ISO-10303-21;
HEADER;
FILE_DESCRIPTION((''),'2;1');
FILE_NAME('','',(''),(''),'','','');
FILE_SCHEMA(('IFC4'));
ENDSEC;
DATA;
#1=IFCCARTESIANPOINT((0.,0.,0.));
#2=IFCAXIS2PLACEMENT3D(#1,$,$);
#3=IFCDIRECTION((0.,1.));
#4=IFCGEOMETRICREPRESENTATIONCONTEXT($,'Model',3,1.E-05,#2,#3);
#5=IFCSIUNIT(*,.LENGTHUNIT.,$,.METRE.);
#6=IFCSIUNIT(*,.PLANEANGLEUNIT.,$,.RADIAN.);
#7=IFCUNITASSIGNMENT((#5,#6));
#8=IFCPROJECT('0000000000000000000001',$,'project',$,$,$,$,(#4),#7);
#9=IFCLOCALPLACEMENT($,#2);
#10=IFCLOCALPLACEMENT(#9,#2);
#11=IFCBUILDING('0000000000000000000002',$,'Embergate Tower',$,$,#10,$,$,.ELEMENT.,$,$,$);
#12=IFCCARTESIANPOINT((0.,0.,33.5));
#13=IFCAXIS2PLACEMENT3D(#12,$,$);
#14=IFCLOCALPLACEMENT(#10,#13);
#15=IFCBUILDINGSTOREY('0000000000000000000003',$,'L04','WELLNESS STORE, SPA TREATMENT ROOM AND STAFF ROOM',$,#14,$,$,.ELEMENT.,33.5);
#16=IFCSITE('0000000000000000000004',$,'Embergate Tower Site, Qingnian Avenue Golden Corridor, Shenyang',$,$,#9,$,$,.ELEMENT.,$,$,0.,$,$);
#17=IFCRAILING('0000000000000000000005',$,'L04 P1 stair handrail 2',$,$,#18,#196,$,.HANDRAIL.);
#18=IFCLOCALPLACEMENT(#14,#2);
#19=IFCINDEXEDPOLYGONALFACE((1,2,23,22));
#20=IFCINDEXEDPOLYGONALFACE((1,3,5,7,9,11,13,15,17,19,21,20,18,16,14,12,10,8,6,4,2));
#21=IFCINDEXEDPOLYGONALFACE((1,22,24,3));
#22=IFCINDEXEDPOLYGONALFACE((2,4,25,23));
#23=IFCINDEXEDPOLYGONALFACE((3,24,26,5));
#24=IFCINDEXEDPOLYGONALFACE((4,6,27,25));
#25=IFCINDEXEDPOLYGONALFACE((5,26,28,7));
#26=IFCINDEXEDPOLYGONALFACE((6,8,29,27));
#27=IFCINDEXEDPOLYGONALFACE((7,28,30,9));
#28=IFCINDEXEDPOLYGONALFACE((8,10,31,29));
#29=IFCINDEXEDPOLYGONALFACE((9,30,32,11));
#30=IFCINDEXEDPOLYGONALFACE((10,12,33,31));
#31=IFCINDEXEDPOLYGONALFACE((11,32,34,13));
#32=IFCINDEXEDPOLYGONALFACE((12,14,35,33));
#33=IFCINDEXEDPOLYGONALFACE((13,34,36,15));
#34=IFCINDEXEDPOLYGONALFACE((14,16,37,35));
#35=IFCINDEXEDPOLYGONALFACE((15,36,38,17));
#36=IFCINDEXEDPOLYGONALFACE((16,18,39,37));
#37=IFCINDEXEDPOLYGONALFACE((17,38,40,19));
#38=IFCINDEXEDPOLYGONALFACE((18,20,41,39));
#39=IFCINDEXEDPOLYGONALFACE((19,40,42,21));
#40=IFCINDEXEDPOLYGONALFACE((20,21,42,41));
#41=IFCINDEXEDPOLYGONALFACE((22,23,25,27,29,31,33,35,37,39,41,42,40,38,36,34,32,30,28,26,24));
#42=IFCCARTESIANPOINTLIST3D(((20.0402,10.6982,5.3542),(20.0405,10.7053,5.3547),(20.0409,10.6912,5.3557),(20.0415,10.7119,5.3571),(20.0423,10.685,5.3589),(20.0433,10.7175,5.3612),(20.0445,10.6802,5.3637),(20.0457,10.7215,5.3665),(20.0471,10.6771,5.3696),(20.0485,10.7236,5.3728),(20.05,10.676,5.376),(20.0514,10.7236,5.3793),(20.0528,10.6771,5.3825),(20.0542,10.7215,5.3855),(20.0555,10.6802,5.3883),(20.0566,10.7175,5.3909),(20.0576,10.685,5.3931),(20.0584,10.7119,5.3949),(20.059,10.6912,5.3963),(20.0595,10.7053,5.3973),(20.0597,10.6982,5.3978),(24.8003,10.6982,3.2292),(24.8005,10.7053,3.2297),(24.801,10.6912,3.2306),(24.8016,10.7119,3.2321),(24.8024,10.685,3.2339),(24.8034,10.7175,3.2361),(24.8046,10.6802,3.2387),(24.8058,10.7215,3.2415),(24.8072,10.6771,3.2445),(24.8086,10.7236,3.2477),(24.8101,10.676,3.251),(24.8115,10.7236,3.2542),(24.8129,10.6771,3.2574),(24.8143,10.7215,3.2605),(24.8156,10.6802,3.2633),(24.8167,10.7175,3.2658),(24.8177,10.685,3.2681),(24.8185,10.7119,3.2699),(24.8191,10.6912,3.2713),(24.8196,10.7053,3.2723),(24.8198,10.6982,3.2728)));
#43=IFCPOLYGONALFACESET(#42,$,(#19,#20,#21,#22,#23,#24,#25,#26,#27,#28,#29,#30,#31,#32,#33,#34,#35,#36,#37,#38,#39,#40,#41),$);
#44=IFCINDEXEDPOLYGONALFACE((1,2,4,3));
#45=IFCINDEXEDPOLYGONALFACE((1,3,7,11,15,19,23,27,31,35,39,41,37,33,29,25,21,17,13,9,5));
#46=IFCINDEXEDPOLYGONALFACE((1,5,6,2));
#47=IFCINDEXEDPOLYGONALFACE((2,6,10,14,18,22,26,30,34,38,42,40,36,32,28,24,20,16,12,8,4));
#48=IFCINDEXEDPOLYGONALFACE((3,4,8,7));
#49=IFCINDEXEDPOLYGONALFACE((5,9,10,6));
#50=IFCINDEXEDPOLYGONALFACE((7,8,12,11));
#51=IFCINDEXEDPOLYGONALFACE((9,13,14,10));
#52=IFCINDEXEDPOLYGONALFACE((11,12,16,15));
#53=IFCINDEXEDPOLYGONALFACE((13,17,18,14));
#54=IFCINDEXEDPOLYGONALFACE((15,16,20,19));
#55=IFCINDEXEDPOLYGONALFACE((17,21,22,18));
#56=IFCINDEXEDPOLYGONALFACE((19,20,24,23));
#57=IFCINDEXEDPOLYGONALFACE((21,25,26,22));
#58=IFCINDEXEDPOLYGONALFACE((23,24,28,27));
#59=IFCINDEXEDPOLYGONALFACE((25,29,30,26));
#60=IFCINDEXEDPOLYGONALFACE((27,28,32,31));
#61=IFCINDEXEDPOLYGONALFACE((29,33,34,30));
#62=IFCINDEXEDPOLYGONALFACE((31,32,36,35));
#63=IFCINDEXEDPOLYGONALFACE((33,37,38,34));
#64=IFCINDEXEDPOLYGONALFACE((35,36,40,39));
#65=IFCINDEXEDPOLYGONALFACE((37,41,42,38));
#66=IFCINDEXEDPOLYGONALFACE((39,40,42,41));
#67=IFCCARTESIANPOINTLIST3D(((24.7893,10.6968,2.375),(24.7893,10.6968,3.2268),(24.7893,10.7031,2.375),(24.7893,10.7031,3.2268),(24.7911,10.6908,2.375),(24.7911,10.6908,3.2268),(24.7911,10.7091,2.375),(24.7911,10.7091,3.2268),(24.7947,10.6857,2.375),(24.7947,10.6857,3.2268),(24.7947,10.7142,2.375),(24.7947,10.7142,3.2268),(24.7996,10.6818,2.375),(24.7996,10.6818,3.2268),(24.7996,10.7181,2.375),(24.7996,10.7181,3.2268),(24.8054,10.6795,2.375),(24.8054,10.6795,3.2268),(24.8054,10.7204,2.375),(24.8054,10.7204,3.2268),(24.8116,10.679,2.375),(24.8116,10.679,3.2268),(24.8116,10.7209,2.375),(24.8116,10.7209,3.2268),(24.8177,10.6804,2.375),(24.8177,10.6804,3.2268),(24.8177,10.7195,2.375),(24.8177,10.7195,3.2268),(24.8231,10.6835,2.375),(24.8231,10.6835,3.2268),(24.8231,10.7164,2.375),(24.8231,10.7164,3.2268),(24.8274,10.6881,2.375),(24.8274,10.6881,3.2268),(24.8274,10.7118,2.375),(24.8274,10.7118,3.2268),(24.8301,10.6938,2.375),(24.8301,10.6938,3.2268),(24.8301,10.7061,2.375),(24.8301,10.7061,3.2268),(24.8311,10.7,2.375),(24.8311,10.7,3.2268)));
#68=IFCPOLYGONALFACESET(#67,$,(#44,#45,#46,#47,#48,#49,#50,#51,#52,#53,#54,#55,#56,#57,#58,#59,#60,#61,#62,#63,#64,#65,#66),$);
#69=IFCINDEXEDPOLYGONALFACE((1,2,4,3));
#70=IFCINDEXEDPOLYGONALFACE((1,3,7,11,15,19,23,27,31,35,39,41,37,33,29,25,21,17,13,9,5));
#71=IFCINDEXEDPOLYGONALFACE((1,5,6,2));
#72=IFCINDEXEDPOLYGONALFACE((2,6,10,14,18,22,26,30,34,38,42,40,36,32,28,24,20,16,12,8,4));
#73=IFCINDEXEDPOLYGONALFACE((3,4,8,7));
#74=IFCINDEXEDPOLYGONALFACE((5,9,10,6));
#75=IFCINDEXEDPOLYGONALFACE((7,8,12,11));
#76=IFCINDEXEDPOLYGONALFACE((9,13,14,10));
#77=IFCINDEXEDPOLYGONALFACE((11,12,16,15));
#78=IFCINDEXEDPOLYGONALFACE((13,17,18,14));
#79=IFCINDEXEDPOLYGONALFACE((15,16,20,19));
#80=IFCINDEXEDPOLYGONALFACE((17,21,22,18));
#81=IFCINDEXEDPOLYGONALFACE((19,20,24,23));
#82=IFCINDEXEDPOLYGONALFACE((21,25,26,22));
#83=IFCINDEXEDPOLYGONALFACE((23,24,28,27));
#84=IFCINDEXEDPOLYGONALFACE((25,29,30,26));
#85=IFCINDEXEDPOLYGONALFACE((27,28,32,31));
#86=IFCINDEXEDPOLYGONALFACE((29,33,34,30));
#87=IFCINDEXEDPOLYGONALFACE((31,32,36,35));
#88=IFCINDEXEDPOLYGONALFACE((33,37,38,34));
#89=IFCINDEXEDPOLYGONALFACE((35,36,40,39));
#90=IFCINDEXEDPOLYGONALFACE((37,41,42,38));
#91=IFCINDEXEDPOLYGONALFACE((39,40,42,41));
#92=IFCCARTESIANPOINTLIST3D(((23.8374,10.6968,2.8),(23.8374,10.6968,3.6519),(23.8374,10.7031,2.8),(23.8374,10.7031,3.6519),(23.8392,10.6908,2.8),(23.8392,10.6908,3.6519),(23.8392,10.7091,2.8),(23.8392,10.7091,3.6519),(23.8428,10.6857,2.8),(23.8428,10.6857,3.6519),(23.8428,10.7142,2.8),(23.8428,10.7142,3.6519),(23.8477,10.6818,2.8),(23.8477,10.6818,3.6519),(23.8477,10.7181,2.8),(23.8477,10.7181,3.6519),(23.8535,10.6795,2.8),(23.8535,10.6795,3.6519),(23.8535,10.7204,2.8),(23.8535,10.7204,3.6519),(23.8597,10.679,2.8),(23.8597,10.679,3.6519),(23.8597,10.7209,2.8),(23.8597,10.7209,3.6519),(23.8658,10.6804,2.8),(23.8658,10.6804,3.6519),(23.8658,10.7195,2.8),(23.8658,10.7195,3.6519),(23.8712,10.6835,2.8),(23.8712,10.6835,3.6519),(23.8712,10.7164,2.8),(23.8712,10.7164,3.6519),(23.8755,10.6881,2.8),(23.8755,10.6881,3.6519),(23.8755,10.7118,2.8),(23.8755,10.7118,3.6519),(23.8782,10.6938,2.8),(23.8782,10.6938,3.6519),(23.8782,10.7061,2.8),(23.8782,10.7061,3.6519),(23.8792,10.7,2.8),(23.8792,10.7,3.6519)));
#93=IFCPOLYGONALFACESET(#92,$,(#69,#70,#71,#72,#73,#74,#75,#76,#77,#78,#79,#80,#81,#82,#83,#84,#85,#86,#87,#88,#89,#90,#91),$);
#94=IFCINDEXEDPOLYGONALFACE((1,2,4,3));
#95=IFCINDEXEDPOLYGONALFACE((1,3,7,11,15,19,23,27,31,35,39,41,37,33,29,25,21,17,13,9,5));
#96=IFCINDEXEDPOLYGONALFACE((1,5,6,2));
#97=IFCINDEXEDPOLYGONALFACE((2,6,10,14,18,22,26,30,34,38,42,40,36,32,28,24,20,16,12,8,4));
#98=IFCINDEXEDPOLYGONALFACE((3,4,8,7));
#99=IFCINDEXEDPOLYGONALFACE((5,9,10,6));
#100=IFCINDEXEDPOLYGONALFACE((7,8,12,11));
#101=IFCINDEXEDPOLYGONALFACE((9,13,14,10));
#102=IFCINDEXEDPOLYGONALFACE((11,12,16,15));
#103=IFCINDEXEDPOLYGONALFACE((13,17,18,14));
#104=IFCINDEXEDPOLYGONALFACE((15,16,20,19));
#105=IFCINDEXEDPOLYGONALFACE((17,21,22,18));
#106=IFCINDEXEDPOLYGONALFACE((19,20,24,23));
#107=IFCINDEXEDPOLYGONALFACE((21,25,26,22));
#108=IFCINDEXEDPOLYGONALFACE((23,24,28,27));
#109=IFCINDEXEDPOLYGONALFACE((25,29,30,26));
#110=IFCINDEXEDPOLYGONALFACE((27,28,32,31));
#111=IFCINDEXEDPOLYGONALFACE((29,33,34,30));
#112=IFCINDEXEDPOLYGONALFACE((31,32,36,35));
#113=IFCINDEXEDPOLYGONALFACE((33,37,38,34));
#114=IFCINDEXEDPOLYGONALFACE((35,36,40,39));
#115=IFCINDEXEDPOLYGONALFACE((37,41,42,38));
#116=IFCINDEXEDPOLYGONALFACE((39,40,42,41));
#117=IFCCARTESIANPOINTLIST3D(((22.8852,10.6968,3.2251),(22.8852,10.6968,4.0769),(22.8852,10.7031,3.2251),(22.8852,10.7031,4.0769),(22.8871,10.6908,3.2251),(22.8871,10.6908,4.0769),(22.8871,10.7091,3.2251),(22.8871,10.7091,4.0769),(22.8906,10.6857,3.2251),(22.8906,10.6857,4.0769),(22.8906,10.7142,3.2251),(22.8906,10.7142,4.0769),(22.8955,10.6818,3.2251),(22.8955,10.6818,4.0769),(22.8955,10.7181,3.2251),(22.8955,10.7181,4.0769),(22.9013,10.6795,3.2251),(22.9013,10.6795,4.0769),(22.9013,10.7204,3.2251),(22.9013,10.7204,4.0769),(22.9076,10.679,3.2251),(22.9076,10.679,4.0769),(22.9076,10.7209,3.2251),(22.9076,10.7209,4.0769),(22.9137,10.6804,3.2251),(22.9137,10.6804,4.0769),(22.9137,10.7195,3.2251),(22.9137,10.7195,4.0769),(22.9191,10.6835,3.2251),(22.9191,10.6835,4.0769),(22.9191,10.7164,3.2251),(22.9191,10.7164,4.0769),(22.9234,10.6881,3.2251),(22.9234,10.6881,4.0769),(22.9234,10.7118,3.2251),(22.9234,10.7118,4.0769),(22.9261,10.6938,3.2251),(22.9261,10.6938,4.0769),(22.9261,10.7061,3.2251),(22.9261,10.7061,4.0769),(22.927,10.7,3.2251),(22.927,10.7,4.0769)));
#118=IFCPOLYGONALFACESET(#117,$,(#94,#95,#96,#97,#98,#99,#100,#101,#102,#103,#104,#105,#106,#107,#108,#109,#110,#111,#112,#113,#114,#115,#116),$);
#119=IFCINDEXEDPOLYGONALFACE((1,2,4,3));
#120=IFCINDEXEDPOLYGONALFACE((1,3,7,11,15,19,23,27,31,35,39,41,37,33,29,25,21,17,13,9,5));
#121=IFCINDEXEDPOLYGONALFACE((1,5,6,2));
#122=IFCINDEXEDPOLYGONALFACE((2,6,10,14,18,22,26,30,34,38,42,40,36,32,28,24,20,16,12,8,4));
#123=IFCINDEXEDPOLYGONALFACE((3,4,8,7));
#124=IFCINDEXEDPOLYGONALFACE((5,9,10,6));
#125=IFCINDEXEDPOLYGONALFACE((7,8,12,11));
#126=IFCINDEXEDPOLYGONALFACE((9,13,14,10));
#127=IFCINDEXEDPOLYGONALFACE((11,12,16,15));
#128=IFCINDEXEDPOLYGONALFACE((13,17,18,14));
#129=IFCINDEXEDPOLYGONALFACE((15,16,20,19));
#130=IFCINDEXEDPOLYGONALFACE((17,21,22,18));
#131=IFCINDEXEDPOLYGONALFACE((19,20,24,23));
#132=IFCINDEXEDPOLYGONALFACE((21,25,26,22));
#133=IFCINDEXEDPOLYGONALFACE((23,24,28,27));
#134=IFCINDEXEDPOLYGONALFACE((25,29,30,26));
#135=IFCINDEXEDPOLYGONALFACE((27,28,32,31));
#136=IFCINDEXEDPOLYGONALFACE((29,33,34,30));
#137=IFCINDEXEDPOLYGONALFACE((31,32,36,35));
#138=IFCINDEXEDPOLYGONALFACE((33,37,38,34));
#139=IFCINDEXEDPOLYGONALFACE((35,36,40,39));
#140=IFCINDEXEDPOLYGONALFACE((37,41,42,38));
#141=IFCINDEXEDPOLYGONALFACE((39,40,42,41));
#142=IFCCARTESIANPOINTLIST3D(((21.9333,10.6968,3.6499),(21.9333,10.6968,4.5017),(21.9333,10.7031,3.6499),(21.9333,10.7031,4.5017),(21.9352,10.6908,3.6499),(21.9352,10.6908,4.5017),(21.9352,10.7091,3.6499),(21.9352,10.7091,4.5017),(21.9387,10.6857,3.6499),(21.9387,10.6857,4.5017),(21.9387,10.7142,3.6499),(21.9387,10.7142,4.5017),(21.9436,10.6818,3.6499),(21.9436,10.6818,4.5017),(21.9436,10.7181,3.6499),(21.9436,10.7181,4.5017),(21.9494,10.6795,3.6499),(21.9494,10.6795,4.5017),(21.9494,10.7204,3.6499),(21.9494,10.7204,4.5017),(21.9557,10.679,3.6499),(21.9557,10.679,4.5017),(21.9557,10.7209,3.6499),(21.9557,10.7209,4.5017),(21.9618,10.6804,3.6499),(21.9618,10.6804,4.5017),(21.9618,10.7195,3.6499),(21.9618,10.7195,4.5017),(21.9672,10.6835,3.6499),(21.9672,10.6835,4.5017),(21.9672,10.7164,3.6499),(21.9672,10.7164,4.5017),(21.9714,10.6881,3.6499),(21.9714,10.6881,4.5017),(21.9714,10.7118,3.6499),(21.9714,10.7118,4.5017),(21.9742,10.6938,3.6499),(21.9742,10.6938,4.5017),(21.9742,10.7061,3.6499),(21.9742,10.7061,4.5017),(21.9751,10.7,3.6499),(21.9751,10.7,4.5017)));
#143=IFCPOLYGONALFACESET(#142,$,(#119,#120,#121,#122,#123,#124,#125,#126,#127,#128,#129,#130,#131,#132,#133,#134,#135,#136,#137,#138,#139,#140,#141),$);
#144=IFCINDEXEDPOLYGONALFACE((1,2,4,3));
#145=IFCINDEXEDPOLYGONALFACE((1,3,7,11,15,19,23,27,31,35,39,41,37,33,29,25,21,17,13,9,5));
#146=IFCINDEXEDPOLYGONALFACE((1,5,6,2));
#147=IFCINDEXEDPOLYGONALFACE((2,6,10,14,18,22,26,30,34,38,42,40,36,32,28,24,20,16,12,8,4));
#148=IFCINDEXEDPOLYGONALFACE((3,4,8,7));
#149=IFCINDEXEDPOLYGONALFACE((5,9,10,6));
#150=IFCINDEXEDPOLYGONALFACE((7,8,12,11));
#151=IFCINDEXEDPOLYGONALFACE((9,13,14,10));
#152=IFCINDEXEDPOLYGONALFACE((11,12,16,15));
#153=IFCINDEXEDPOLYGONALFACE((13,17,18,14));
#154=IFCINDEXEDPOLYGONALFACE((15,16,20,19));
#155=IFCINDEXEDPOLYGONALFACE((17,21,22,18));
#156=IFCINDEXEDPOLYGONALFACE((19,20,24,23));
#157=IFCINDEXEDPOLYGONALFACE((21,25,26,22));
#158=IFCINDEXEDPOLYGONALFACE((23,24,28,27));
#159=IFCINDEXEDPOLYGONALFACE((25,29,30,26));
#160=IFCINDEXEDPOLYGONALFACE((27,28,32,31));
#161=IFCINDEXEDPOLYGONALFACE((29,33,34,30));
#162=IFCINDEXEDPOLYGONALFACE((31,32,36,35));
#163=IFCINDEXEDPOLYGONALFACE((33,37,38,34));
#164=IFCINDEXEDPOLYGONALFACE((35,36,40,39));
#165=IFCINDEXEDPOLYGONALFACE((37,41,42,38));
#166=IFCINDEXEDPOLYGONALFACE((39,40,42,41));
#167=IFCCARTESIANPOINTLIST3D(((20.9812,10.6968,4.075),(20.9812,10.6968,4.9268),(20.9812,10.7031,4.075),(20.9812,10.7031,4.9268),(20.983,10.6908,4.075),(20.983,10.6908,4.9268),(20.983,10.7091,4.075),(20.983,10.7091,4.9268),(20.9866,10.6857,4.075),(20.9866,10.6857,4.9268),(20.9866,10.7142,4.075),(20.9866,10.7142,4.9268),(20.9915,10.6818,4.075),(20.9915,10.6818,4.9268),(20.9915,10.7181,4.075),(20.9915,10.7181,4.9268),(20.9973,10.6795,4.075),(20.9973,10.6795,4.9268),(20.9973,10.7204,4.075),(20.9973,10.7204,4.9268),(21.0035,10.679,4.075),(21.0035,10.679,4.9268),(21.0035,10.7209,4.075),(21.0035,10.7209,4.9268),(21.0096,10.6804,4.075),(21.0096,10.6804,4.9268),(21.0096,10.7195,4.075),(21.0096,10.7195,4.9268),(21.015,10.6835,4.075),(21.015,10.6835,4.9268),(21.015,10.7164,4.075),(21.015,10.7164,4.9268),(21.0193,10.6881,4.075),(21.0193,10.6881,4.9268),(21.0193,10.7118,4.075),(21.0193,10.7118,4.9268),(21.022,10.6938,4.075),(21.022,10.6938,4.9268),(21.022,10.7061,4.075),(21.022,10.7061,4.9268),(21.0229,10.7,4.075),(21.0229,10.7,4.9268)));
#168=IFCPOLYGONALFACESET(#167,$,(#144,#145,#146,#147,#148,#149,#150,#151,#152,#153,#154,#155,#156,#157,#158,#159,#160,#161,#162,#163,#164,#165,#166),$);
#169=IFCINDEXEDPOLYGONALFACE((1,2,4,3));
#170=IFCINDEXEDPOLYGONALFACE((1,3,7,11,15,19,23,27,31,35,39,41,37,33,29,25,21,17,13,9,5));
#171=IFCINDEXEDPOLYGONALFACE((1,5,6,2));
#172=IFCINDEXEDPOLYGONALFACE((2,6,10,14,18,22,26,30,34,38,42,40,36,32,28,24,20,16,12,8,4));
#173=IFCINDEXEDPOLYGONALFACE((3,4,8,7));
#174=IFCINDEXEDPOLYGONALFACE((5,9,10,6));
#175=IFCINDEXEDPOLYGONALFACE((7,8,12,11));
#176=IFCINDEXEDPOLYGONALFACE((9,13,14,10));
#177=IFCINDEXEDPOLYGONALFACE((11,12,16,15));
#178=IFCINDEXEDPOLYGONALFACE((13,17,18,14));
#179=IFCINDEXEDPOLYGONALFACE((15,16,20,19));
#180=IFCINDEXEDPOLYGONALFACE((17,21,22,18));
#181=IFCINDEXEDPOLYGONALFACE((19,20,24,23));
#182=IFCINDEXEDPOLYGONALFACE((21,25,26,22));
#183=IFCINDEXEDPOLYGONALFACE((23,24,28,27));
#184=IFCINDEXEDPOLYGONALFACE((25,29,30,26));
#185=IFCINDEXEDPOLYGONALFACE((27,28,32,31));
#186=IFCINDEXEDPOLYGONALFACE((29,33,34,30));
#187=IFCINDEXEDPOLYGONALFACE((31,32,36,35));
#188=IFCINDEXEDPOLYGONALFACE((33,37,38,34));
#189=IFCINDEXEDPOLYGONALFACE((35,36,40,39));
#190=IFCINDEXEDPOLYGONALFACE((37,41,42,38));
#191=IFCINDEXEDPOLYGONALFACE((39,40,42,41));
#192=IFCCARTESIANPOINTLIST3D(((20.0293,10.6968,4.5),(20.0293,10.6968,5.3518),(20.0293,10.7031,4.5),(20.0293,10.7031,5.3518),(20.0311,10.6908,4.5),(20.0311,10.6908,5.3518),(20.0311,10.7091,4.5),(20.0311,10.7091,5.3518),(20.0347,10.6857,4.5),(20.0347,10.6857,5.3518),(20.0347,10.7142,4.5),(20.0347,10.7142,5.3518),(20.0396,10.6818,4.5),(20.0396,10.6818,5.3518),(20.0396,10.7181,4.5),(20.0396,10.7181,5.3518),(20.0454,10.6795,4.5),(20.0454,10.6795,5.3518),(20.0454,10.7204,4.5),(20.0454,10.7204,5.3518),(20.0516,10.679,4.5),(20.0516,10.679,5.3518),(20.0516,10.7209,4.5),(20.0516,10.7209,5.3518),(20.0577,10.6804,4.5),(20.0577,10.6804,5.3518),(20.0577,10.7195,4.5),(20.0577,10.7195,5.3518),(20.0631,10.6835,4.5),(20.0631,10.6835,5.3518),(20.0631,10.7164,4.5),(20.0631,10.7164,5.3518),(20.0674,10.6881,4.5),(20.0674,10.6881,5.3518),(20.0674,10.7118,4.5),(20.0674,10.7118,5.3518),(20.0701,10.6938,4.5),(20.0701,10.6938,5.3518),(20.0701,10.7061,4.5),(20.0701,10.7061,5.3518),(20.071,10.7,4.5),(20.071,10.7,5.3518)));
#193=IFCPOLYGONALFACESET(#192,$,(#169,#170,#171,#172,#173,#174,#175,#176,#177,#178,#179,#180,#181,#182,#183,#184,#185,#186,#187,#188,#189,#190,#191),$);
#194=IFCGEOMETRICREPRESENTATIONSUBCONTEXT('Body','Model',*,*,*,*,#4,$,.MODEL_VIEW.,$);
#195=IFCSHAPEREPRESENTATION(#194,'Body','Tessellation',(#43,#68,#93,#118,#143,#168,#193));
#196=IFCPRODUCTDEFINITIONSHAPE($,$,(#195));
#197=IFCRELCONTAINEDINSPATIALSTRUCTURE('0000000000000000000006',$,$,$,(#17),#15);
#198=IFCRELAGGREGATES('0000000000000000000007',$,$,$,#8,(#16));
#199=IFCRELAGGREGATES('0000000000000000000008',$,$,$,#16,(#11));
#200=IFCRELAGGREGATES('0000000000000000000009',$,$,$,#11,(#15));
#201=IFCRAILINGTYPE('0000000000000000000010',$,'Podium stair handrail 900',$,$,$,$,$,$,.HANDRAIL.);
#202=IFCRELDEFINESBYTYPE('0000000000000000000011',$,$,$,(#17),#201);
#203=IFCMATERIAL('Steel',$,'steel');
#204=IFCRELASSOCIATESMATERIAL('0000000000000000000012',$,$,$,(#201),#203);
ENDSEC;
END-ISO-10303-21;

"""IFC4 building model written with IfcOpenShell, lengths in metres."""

from ifc_helpers import new_model, si_unit, direction, frame, origin, origin_2d, place, context, subcontext, project, spatial, circle, extrude, source, transform, mapped, material, type_object, element, save


model = new_model("IFC4")

# Units and contexts
model_context = context("Model", 3, precision=1e-05, world=origin(), true_north=direction((0.0, 1.0)))
body_context = subcontext(model_context, "Body", "Model", "MODEL_VIEW")
ifc_project = project(units=[si_unit("LENGTHUNIT", "METRE"), si_unit("PLANEANGLEUNIT", "RADIAN")], contexts=[model_context])

# Site, building, storey
site_placement = place(None, origin())
site = spatial("IfcSite", under=ifc_project, at=site_placement, Name="Embergate Tower Site, Qingnian Avenue Golden Corridor, Shenyang", CompositionType="ELEMENT", RefElevation=0.0)
building_placement = place(site_placement, origin())
building = spatial("IfcBuilding", under=site, at=building_placement, Name="Embergate Tower", CompositionType="ELEMENT")
storey_placement = place(building_placement, frame((0.0, 0.0, 33.5)))
storey = spatial("IfcBuildingStorey", under=building, at=storey_placement, Name="L04", Description="WELLNESS STORE, SPA TREATMENT ROOM AND STAFF ROOM", CompositionType="ELEMENT", Elevation=33.5)

# Railing
ifc_material_1 = material(Name="Steel", Category="steel")
railing_type_1 = type_object("IfcRailingType", Name="Podium stair handrail 900", PredefinedType="HANDRAIL", material=ifc_material_1)
shared_shape_1 = source(origin(), body_context, "Body", "SweptSolid", [
    extrude(circle(Radius=0.0239, at=origin_2d()), frame((0.0, 0.0, 0.876), z_axis=(-0.913138, 0.0, 0.40765), x_axis=(0.0, -1.0, 0.0)), (0.0, 0.0, 1.0), 5.2129),
    extrude(circle(Radius=0.021, at=origin_2d()), origin(), (0.0, 0.0, 1.0), 0.8518),
    extrude(circle(Radius=0.021, at=origin_2d()), frame((-0.9519, 0.0, 0.425)), (0.0, 0.0, 1.0), 0.8518),
    extrude(circle(Radius=0.021, at=origin_2d()), frame((-1.9041, 0.0, 0.8501)), (0.0, 0.0, 1.0), 0.8518),
    extrude(circle(Radius=0.021, at=origin_2d()), frame((-2.856, 0.0, 1.2749)), (0.0, 0.0, 1.0), 0.8518),
    extrude(circle(Radius=0.021, at=origin_2d()), frame((-3.8081, 0.0, 1.7)), (0.0, 0.0, 1.0), 0.8518),
    extrude(circle(Radius=0.021, at=origin_2d()), frame((-4.76, 0.0, 2.125)), (0.0, 0.0, 1.0), 0.8518),
])
railing_1_placement = place(storey_placement, frame((24.8101, 10.7, 2.375)))
element("IfcRailing", 1, at=railing_1_placement, inside=storey, type_object=railing_type_1, Name="L04 P1 stair handrail 2", PredefinedType="HANDRAIL", context=body_context, shape_type="MappedRepresentation", body=[
    mapped(shared_shape_1, transform((0.0, 0.0, 0.0))),
])

save(model, "model.ifc")
